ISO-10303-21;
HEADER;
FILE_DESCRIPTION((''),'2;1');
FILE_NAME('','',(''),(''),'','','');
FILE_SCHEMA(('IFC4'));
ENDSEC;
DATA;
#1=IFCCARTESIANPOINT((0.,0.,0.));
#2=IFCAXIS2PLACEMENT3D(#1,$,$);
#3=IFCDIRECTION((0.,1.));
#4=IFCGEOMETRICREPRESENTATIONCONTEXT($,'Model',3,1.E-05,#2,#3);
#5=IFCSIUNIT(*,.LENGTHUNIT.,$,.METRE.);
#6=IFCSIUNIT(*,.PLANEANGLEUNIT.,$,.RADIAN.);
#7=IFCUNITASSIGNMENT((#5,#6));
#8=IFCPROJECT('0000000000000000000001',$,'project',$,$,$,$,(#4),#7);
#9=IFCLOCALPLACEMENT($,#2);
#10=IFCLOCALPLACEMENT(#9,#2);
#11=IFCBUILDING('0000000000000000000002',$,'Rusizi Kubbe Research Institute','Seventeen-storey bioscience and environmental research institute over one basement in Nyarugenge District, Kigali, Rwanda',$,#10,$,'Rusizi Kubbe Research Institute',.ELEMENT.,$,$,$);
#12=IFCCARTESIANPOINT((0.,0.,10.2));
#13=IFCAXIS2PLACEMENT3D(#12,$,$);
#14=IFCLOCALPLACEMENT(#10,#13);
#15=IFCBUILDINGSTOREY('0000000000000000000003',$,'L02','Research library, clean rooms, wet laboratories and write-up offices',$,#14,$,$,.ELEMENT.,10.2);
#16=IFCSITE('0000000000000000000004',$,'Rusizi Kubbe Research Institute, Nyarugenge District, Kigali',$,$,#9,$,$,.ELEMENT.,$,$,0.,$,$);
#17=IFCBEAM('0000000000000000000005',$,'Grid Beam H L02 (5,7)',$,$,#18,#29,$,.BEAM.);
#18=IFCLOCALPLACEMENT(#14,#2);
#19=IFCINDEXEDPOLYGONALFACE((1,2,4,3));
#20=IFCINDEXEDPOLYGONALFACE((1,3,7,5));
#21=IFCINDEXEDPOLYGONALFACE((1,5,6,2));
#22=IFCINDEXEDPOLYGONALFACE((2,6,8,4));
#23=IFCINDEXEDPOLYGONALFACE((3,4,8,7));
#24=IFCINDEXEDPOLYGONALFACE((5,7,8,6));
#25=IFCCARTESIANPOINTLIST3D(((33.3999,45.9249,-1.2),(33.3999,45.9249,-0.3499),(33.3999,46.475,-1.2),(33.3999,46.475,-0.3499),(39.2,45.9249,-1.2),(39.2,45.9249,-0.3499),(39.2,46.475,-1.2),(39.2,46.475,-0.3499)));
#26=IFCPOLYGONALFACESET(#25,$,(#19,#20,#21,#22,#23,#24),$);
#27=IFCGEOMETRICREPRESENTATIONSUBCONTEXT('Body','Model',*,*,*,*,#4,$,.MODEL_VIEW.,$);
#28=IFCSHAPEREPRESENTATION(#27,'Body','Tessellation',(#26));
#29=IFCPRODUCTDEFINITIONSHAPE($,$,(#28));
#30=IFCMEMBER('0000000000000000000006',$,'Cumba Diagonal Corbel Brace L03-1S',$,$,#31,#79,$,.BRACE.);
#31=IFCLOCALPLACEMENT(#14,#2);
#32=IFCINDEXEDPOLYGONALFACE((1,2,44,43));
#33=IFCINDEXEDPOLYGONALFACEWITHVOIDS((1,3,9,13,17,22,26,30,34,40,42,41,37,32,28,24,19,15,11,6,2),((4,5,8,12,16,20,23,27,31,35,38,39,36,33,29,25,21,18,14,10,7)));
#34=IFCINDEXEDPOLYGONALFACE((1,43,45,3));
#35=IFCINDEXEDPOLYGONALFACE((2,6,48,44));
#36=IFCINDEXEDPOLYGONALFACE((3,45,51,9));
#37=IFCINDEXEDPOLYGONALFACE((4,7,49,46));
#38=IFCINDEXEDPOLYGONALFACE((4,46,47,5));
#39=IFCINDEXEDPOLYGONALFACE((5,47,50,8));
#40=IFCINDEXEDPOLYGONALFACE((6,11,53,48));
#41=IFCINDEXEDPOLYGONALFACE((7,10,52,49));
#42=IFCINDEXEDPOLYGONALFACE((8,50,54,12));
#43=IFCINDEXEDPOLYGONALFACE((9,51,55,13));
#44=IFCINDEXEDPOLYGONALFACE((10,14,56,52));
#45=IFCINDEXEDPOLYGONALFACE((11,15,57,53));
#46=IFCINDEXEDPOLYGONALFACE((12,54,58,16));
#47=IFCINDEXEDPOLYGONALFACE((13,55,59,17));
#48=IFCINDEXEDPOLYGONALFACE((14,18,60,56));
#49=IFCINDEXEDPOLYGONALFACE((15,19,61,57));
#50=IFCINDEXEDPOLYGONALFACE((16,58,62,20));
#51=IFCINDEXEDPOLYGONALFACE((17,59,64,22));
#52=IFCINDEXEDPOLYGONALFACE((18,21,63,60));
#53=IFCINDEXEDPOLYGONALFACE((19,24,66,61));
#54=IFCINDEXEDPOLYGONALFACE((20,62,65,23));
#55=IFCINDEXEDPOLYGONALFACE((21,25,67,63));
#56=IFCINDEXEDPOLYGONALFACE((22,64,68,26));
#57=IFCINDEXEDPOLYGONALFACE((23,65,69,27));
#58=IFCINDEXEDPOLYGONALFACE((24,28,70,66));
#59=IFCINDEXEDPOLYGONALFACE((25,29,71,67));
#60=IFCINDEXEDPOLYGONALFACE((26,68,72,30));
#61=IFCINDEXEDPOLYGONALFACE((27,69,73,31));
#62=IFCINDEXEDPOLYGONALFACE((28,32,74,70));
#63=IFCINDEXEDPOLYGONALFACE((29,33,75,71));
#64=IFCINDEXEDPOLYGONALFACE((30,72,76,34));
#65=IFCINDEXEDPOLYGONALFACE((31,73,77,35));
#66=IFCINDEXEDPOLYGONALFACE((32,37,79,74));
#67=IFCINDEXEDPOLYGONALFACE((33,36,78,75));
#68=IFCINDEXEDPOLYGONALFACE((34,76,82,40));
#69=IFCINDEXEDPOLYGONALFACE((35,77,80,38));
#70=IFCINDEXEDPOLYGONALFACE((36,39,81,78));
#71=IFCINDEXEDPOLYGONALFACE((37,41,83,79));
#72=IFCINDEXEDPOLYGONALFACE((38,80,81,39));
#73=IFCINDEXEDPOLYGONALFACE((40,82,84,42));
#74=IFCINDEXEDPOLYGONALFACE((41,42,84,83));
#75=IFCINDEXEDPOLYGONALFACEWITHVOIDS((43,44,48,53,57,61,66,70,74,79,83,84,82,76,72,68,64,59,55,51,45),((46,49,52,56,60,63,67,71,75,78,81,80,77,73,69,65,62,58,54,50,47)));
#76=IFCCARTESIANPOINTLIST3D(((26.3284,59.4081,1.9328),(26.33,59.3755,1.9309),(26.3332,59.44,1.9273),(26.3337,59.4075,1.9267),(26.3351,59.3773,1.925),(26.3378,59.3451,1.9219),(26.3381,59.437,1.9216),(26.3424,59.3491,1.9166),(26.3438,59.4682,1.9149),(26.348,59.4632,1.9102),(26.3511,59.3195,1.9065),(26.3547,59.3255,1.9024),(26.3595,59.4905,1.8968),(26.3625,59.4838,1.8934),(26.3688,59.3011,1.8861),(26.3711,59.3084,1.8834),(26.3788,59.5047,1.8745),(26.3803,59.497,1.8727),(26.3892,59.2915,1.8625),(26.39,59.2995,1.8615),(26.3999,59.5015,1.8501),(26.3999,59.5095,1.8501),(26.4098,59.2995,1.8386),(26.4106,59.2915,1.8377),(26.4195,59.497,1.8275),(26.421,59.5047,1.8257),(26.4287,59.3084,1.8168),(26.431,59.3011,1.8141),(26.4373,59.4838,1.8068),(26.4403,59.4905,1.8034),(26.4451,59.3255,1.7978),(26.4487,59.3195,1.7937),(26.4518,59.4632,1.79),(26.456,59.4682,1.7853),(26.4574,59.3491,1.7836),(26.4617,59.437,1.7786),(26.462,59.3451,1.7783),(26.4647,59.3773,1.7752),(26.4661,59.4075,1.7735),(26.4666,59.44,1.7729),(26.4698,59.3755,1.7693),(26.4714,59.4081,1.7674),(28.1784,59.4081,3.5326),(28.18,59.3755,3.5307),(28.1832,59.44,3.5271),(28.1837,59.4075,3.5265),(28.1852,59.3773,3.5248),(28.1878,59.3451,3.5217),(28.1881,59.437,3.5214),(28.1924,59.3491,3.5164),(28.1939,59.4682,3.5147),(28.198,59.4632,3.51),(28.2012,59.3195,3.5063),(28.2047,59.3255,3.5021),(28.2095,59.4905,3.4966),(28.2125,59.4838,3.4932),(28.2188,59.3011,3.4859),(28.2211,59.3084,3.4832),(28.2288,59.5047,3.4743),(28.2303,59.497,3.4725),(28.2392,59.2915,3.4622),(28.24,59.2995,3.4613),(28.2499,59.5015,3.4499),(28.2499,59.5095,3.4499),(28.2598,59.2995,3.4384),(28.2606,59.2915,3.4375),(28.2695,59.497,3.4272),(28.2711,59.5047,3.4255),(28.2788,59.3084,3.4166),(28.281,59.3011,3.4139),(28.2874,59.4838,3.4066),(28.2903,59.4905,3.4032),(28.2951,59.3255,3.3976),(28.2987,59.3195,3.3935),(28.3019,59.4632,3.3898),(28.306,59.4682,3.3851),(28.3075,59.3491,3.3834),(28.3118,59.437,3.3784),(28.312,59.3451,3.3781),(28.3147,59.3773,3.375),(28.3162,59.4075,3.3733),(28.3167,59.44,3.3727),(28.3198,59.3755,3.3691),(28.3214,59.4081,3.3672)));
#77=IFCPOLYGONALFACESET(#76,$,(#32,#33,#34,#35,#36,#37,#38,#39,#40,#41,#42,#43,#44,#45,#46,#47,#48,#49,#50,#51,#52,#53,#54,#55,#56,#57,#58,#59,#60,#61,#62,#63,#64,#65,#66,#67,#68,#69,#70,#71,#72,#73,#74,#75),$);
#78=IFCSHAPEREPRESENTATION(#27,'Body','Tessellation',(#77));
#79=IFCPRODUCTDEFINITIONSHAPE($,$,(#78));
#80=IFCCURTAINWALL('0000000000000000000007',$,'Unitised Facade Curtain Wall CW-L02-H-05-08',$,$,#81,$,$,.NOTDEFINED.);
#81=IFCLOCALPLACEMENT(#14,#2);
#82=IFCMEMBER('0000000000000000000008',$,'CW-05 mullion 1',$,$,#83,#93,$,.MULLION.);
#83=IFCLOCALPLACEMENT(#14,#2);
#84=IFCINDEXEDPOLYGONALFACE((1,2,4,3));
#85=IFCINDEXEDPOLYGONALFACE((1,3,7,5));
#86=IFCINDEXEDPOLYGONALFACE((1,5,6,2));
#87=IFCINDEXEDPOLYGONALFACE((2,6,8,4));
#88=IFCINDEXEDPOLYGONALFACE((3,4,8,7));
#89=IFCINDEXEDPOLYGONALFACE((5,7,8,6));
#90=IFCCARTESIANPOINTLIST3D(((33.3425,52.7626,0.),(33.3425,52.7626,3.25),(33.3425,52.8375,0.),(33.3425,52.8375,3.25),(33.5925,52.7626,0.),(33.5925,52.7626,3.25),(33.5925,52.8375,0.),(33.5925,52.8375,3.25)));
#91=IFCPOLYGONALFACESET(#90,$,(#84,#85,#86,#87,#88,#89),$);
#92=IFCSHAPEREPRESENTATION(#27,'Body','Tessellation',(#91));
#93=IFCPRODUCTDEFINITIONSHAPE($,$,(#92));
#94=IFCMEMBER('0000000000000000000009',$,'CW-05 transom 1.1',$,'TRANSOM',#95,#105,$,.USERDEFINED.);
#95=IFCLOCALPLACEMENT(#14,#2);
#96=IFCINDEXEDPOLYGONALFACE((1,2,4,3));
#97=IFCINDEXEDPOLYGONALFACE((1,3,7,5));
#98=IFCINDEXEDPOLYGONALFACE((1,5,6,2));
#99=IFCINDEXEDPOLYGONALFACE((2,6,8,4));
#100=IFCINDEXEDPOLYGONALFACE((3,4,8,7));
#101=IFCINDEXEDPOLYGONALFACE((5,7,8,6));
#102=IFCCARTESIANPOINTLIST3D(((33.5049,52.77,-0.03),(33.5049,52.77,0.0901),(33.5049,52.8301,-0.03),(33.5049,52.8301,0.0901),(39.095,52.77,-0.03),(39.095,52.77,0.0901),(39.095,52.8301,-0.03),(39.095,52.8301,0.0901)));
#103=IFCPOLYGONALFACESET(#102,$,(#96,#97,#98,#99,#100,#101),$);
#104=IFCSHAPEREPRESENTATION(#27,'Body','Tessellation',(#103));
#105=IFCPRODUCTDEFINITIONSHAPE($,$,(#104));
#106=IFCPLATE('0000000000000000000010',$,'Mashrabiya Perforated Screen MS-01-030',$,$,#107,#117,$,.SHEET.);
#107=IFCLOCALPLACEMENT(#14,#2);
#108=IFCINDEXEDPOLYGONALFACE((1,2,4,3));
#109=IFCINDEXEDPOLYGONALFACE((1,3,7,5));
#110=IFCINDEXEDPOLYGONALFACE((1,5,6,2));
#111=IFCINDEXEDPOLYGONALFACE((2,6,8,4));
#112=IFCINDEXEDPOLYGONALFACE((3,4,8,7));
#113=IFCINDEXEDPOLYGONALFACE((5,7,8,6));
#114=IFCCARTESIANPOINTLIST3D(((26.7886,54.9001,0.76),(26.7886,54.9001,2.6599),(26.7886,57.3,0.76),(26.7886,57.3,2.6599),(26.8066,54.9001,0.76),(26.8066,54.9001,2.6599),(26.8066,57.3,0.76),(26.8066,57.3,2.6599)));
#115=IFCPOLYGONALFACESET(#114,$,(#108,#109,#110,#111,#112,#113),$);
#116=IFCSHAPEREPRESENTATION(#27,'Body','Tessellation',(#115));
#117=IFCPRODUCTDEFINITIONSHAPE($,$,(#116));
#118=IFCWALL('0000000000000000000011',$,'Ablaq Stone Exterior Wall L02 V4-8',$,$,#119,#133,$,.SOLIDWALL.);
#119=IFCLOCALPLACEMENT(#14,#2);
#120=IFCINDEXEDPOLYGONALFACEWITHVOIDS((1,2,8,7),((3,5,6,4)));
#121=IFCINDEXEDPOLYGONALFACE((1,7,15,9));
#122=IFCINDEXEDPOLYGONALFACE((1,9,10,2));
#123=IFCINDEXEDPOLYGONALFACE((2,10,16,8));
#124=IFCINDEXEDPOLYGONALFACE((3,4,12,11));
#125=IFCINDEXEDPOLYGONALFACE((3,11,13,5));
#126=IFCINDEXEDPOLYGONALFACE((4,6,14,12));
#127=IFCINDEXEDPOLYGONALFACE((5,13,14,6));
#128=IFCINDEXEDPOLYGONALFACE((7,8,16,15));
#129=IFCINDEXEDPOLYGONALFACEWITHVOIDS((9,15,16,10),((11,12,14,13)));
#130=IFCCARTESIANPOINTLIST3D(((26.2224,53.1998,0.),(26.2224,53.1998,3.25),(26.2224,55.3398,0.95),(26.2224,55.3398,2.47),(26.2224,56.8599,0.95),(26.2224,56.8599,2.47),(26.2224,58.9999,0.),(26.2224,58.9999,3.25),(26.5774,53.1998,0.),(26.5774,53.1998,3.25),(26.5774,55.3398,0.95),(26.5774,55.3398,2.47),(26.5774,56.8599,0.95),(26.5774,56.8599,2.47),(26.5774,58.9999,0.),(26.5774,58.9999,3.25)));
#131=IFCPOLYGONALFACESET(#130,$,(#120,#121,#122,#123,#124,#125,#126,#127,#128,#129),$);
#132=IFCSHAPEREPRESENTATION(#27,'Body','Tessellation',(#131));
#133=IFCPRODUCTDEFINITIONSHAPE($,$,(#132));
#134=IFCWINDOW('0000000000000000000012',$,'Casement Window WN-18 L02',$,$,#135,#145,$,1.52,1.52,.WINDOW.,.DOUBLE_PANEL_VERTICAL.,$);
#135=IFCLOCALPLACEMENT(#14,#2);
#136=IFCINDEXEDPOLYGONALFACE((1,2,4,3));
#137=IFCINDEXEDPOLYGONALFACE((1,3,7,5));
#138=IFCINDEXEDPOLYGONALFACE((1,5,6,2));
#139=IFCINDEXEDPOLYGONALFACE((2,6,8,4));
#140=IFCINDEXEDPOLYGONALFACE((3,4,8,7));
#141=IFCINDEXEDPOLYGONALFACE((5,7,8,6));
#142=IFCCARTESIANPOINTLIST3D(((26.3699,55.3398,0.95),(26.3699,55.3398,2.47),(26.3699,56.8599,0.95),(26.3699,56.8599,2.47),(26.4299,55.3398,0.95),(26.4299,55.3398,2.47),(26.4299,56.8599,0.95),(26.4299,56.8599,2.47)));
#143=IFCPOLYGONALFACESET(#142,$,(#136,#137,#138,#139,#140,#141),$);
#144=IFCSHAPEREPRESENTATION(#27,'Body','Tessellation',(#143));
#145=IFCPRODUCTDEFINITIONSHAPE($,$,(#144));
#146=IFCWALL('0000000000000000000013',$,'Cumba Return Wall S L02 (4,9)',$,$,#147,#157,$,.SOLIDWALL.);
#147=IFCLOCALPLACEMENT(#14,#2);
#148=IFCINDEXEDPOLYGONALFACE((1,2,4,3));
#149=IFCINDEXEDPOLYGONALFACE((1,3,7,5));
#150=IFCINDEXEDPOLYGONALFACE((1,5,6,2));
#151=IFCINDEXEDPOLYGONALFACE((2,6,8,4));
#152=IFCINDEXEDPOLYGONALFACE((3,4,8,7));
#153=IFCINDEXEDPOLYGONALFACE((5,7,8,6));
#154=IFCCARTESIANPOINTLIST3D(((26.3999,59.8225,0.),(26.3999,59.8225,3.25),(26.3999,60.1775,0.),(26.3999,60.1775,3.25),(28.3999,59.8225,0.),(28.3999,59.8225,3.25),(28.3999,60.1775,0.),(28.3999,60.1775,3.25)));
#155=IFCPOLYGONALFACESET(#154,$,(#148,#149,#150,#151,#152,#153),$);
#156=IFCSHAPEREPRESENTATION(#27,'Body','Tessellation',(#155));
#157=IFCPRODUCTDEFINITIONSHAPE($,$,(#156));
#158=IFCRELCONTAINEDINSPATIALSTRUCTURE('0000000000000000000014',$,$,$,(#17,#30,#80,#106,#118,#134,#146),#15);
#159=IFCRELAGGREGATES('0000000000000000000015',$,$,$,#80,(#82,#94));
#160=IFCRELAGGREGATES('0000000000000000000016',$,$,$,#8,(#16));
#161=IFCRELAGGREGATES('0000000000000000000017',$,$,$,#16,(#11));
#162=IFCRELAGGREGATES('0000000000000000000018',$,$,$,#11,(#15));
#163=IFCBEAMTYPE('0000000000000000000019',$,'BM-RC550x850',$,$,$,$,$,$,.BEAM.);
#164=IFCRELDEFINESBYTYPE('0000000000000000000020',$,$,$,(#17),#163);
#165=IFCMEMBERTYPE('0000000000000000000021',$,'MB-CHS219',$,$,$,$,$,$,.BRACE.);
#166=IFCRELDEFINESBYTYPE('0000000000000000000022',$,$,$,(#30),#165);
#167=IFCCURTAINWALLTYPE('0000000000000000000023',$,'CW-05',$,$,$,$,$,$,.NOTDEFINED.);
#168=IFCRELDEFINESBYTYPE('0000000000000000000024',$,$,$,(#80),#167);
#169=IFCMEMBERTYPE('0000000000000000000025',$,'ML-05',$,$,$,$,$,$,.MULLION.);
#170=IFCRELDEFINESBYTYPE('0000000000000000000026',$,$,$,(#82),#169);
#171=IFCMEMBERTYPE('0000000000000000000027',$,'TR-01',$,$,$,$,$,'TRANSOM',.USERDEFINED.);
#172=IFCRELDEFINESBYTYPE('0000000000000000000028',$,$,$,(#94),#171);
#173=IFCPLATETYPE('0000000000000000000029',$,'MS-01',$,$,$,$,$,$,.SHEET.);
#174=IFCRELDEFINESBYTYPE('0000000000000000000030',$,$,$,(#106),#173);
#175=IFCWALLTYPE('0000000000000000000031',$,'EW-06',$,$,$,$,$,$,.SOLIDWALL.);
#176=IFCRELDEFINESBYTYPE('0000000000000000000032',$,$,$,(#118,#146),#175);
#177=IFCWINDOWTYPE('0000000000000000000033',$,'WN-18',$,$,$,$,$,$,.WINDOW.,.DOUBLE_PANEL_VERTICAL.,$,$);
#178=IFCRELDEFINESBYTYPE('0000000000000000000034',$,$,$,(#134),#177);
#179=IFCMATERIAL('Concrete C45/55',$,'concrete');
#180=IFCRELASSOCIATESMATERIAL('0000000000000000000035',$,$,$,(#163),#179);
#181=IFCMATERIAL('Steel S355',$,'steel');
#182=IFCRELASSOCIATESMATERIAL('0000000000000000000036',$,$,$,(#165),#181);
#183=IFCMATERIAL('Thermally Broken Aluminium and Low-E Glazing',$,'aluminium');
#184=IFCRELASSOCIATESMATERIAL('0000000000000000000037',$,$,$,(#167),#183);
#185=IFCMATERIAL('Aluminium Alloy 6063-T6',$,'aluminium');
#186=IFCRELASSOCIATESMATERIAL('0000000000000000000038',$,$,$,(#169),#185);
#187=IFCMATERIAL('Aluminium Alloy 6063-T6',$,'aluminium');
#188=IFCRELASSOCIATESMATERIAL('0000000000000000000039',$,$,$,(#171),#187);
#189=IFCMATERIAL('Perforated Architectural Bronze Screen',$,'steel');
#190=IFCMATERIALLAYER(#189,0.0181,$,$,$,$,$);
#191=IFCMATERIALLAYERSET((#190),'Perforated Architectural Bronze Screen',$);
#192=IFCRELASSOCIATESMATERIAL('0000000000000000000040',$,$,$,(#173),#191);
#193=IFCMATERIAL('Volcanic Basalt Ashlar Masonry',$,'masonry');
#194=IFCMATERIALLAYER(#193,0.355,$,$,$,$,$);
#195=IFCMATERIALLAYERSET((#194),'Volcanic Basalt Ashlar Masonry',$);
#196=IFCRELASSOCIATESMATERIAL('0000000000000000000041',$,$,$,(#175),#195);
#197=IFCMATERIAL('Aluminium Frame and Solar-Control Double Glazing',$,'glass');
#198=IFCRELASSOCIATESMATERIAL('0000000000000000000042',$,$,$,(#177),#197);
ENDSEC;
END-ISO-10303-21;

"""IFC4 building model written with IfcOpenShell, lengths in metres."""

from ifc_helpers import new_model, si_unit, direction, frame, frame_2d, origin, origin_2d, place, context, subcontext, project, spatial, rectangle, hollow_circle, extrude, material, layer, layer_set, material_profile, profile_set, type_object, element, fill, aggregate, save


model = new_model("IFC4")

# Units and contexts
model_context = context("Model", 3, precision=1e-05, world=origin(), true_north=direction((0.0, 1.0)))
body_context = subcontext(model_context, "Body", "Model", "MODEL_VIEW")
ifc_project = project(units=[si_unit("LENGTHUNIT", "METRE"), si_unit("PLANEANGLEUNIT", "RADIAN")], contexts=[model_context])

# Site, building, storey
site_placement = place(None, origin())
site = spatial("IfcSite", under=ifc_project, at=site_placement, Name="Rusizi Kubbe Research Institute, Nyarugenge District, Kigali", CompositionType="ELEMENT", RefElevation=0.0)
building_placement = place(site_placement, origin())
building = spatial("IfcBuilding", under=site, at=building_placement, Name="Rusizi Kubbe Research Institute", Description="Seventeen-storey bioscience and environmental research institute over one basement in Nyarugenge District, Kigali, Rwanda", LongName="Rusizi Kubbe Research Institute", CompositionType="ELEMENT")
storey_placement = place(building_placement, frame((0.0, 0.0, 10.2)))
storey = spatial("IfcBuildingStorey", under=building, at=storey_placement, Name="L02", Description="Research library, clean rooms, wet laboratories and write-up offices", CompositionType="ELEMENT", Elevation=10.2)

# Beam
ifc_material_1 = material(Name="Concrete C45/55", Category="concrete")
ifc_material_profile_1 = material_profile(ifc_material_1, rectangle(XDim=0.55, YDim=0.8501, at=origin_2d()), Name="RC550x850")
ifc_profile_set_1 = profile_set([ifc_material_profile_1], Name="Concrete C45/55")
beam_type_1 = type_object("IfcBeamType", Name="BM-RC550x850", PredefinedType="BEAM", material=ifc_profile_set_1)
beam_1_placement = place(storey_placement, frame((33.3999, 46.2, -0.7749), z_axis=(1.0, 0.0, 0.0), x_axis=(0.0, 1.0, 0.0)))
element("IfcBeam", 1, at=beam_1_placement, inside=storey, type_object=beam_type_1, Name="Grid Beam H L02 (5,7)", PredefinedType="BEAM", context=body_context, shape_type="SweptSolid", body=[
    extrude(rectangle(XDim=0.55, YDim=0.8501, at=origin_2d()), origin(), (0.0, 0.0, 1.0), 5.8),
])

# Member
ifc_material_2 = material(Name="Steel S355", Category="steel")
ifc_material_profile_2 = material_profile(ifc_material_2, hollow_circle(Radius=0.1096, WallThickness=0.0081, at=origin_2d()), Name="CHS 219.1x8.0")
ifc_profile_set_2 = profile_set([ifc_material_profile_2], Name="Steel S355")
member_type_1 = type_object("IfcMemberType", Name="MB-CHS219", PredefinedType="BRACE", material=ifc_profile_set_2)
member_1_placement = place(storey_placement, frame((26.3999, 59.3999, 1.8501), z_axis=(0.75641, 0.0, 0.654098), x_axis=(0.0, 1.0, 0.0)))
element("IfcMember", 2, at=member_1_placement, inside=storey, type_object=member_type_1, Name="Cumba Diagonal Corbel Brace L03-1S", PredefinedType="BRACE", context=body_context, shape_type="SweptSolid", body=[
    extrude(hollow_circle(Radius=0.1096, WallThickness=0.0081, at=origin_2d()), origin(), (0.0, 0.0, 1.0), 2.4458),
])

# Curtain wall, members
ifc_material_3 = material(Name="Thermally Broken Aluminium and Low-E Glazing", Category="aluminium")
curtain_wall_type = type_object("IfcCurtainWallType", Name="CW-05", PredefinedType="NOTDEFINED", material=ifc_material_3)
curtain_wall_placement = place(storey_placement, origin())
curtain_wall = element("IfcCurtainWall", 3, at=curtain_wall_placement, inside=storey, type_object=curtain_wall_type, Name="Unitised Facade Curtain Wall CW-L02-H-05-08", PredefinedType="NOTDEFINED")
ifc_material_4 = material(Name="Aluminium Alloy 6063-T6", Category="aluminium")
ifc_material_profile_3 = material_profile(ifc_material_4, rectangle(XDim=0.075, YDim=0.25, at=origin_2d()), Name="ALU-M 75x250")
ifc_profile_set_3 = profile_set([ifc_material_profile_3], Name="Aluminium Alloy 6063-T6")
member_type_2 = type_object("IfcMemberType", Name="ML-05", PredefinedType="MULLION", material=ifc_profile_set_3)
member_2_placement = place(storey_placement, frame((33.4675, 52.8, 0.0), z_axis=(0.0, 0.0, 1.0), x_axis=(0.0, 1.0, 0.0)))
member_2 = element("IfcMember", 4, at=member_2_placement, type_object=member_type_2, Name="CW-05 mullion 1", PredefinedType="MULLION", context=body_context, shape_type="SweptSolid", body=[
    extrude(rectangle(XDim=0.075, YDim=0.25, at=origin_2d()), origin(), (0.0, 0.0, 1.0), 3.25),
])
ifc_material_5 = material(Name="Aluminium Alloy 6063-T6", Category="aluminium")
ifc_material_profile_4 = material_profile(ifc_material_5, rectangle(XDim=0.0601, YDim=0.1201, at=origin_2d()), Name="ALU-T 60x120")
ifc_profile_set_4 = profile_set([ifc_material_profile_4], Name="Aluminium Alloy 6063-T6")
member_type_3 = type_object("IfcMemberType", Name="TR-01", ElementType="TRANSOM", PredefinedType="USERDEFINED", material=ifc_profile_set_4)
member_3_placement = place(storey_placement, frame((33.5049, 52.8, 0.03), z_axis=(1.0, 0.0, 0.0), x_axis=(0.0, 1.0, 0.0)))
member_3 = element("IfcMember", 5, at=member_3_placement, type_object=member_type_3, Name="CW-05 transom 1.1", ObjectType="TRANSOM", PredefinedType="USERDEFINED", context=body_context, shape_type="SweptSolid", body=[
    extrude(rectangle(XDim=0.0601, YDim=0.1201, at=origin_2d()), origin(), (0.0, 0.0, 1.0), 5.5901),
])
aggregate(curtain_wall, [member_2, member_3])

# Plate
ifc_material_6 = material(Name="Perforated Architectural Bronze Screen", Category="steel")
ifc_layer_1 = layer(ifc_material_6, 0.0181)
ifc_layer_set_1 = layer_set([ifc_layer_1], Name="Perforated Architectural Bronze Screen")
plate_type = type_object("IfcPlateType", Name="MS-01", PredefinedType="SHEET", material=ifc_layer_set_1)
plate_placement = place(storey_placement, frame((26.7976, 56.1001, 0.76), z_axis=(0.0, 0.0, 1.0), x_axis=(0.0, 1.0, 0.0)))
element("IfcPlate", 6, at=plate_placement, inside=storey, type_object=plate_type, Name="Mashrabiya Perforated Screen MS-01-030", PredefinedType="SHEET", context=body_context, shape_type="SweptSolid", body=[
    extrude(rectangle(XDim=2.3999, YDim=0.0181, at=origin_2d()), origin(), (0.0, 0.0, 1.0), 1.8999),
])

# Wall, opening, window
ifc_material_7 = material(Name="Volcanic Basalt Ashlar Masonry", Category="masonry")
ifc_layer_2 = layer(ifc_material_7, 0.355)
ifc_layer_set_2 = layer_set([ifc_layer_2], Name="Volcanic Basalt Ashlar Masonry")
wall_type_1 = type_object("IfcWallType", Name="EW-06", PredefinedType="SOLIDWALL", material=ifc_layer_set_2)
wall_1_placement = place(storey_placement, frame((26.3999, 53.2, 0.0), z_axis=(0.0, 0.0, 1.0), x_axis=(0.0, 1.0, 0.0)))
wall_1 = element("IfcWall", 7, at=wall_1_placement, inside=storey, type_object=wall_type_1, Name="Ablaq Stone Exterior Wall L02 V4-8", PredefinedType="SOLIDWALL", context=body_context, shape_type="SweptSolid", body=[
    extrude(rectangle(XDim=5.8, YDim=0.355, at=frame_2d((2.8999, 0.0))), origin(), (0.0, 0.0, 1.0), 3.25),
])
opening_1_placement = place(wall_1_placement, frame((2.1399, 0.0, 0.95)))
opening_1 = element("IfcOpeningElement", 8, at=opening_1_placement, cuts=wall_1, PredefinedType="OPENING", context=body_context, shape_type="SweptSolid", body=[
    extrude(rectangle(XDim=1.52, YDim=1.52, at=frame_2d((0.76, 0.76))), frame((0.0, 0.1875, 0.0), z_axis=(0.0, -1.0, 0.0), x_axis=(1.0, 0.0, 0.0)), (0.0, 0.0, 1.0), 0.375),
])
ifc_material_8 = material(Name="Aluminium Frame and Solar-Control Double Glazing", Category="glass")
window_type_1 = type_object("IfcWindowType", Name="WN-18", PartitioningType="DOUBLE_PANEL_VERTICAL", PredefinedType="WINDOW", material=ifc_material_8)
window_1_placement = place(opening_1_placement, origin())
window_1 = element("IfcWindow", 9, at=window_1_placement, inside=storey, type_object=window_type_1, Name="Casement Window WN-18 L02", OverallHeight=1.52, OverallWidth=1.52, PartitioningType="DOUBLE_PANEL_VERTICAL", PredefinedType="WINDOW", context=body_context, shape_type="SweptSolid", body=[
    extrude(rectangle(XDim=1.52, YDim=1.52, at=frame_2d((0.76, 0.76))), frame((0.0, 0.03, 0.0), z_axis=(0.0, -1.0, 0.0), x_axis=(1.0, 0.0, 0.0)), (0.0, 0.0, 1.0), 0.0601),
])
fill(opening_1, window_1)

# Wall
wall_2_placement = place(storey_placement, frame((26.3999, 60.0, 0.0), z_axis=(0.0, 0.0, 1.0), x_axis=(1.0, 0.0, 0.0)))
element("IfcWall", 10, at=wall_2_placement, inside=storey, type_object=wall_type_1, Name="Cumba Return Wall S L02 (4,9)", PredefinedType="SOLIDWALL", context=body_context, shape_type="SweptSolid", body=[
    extrude(rectangle(XDim=2.0, YDim=0.355, at=frame_2d((1.0, 0.0))), origin(), (0.0, 0.0, 1.0), 3.25),
])

save(model, "model.ifc")
